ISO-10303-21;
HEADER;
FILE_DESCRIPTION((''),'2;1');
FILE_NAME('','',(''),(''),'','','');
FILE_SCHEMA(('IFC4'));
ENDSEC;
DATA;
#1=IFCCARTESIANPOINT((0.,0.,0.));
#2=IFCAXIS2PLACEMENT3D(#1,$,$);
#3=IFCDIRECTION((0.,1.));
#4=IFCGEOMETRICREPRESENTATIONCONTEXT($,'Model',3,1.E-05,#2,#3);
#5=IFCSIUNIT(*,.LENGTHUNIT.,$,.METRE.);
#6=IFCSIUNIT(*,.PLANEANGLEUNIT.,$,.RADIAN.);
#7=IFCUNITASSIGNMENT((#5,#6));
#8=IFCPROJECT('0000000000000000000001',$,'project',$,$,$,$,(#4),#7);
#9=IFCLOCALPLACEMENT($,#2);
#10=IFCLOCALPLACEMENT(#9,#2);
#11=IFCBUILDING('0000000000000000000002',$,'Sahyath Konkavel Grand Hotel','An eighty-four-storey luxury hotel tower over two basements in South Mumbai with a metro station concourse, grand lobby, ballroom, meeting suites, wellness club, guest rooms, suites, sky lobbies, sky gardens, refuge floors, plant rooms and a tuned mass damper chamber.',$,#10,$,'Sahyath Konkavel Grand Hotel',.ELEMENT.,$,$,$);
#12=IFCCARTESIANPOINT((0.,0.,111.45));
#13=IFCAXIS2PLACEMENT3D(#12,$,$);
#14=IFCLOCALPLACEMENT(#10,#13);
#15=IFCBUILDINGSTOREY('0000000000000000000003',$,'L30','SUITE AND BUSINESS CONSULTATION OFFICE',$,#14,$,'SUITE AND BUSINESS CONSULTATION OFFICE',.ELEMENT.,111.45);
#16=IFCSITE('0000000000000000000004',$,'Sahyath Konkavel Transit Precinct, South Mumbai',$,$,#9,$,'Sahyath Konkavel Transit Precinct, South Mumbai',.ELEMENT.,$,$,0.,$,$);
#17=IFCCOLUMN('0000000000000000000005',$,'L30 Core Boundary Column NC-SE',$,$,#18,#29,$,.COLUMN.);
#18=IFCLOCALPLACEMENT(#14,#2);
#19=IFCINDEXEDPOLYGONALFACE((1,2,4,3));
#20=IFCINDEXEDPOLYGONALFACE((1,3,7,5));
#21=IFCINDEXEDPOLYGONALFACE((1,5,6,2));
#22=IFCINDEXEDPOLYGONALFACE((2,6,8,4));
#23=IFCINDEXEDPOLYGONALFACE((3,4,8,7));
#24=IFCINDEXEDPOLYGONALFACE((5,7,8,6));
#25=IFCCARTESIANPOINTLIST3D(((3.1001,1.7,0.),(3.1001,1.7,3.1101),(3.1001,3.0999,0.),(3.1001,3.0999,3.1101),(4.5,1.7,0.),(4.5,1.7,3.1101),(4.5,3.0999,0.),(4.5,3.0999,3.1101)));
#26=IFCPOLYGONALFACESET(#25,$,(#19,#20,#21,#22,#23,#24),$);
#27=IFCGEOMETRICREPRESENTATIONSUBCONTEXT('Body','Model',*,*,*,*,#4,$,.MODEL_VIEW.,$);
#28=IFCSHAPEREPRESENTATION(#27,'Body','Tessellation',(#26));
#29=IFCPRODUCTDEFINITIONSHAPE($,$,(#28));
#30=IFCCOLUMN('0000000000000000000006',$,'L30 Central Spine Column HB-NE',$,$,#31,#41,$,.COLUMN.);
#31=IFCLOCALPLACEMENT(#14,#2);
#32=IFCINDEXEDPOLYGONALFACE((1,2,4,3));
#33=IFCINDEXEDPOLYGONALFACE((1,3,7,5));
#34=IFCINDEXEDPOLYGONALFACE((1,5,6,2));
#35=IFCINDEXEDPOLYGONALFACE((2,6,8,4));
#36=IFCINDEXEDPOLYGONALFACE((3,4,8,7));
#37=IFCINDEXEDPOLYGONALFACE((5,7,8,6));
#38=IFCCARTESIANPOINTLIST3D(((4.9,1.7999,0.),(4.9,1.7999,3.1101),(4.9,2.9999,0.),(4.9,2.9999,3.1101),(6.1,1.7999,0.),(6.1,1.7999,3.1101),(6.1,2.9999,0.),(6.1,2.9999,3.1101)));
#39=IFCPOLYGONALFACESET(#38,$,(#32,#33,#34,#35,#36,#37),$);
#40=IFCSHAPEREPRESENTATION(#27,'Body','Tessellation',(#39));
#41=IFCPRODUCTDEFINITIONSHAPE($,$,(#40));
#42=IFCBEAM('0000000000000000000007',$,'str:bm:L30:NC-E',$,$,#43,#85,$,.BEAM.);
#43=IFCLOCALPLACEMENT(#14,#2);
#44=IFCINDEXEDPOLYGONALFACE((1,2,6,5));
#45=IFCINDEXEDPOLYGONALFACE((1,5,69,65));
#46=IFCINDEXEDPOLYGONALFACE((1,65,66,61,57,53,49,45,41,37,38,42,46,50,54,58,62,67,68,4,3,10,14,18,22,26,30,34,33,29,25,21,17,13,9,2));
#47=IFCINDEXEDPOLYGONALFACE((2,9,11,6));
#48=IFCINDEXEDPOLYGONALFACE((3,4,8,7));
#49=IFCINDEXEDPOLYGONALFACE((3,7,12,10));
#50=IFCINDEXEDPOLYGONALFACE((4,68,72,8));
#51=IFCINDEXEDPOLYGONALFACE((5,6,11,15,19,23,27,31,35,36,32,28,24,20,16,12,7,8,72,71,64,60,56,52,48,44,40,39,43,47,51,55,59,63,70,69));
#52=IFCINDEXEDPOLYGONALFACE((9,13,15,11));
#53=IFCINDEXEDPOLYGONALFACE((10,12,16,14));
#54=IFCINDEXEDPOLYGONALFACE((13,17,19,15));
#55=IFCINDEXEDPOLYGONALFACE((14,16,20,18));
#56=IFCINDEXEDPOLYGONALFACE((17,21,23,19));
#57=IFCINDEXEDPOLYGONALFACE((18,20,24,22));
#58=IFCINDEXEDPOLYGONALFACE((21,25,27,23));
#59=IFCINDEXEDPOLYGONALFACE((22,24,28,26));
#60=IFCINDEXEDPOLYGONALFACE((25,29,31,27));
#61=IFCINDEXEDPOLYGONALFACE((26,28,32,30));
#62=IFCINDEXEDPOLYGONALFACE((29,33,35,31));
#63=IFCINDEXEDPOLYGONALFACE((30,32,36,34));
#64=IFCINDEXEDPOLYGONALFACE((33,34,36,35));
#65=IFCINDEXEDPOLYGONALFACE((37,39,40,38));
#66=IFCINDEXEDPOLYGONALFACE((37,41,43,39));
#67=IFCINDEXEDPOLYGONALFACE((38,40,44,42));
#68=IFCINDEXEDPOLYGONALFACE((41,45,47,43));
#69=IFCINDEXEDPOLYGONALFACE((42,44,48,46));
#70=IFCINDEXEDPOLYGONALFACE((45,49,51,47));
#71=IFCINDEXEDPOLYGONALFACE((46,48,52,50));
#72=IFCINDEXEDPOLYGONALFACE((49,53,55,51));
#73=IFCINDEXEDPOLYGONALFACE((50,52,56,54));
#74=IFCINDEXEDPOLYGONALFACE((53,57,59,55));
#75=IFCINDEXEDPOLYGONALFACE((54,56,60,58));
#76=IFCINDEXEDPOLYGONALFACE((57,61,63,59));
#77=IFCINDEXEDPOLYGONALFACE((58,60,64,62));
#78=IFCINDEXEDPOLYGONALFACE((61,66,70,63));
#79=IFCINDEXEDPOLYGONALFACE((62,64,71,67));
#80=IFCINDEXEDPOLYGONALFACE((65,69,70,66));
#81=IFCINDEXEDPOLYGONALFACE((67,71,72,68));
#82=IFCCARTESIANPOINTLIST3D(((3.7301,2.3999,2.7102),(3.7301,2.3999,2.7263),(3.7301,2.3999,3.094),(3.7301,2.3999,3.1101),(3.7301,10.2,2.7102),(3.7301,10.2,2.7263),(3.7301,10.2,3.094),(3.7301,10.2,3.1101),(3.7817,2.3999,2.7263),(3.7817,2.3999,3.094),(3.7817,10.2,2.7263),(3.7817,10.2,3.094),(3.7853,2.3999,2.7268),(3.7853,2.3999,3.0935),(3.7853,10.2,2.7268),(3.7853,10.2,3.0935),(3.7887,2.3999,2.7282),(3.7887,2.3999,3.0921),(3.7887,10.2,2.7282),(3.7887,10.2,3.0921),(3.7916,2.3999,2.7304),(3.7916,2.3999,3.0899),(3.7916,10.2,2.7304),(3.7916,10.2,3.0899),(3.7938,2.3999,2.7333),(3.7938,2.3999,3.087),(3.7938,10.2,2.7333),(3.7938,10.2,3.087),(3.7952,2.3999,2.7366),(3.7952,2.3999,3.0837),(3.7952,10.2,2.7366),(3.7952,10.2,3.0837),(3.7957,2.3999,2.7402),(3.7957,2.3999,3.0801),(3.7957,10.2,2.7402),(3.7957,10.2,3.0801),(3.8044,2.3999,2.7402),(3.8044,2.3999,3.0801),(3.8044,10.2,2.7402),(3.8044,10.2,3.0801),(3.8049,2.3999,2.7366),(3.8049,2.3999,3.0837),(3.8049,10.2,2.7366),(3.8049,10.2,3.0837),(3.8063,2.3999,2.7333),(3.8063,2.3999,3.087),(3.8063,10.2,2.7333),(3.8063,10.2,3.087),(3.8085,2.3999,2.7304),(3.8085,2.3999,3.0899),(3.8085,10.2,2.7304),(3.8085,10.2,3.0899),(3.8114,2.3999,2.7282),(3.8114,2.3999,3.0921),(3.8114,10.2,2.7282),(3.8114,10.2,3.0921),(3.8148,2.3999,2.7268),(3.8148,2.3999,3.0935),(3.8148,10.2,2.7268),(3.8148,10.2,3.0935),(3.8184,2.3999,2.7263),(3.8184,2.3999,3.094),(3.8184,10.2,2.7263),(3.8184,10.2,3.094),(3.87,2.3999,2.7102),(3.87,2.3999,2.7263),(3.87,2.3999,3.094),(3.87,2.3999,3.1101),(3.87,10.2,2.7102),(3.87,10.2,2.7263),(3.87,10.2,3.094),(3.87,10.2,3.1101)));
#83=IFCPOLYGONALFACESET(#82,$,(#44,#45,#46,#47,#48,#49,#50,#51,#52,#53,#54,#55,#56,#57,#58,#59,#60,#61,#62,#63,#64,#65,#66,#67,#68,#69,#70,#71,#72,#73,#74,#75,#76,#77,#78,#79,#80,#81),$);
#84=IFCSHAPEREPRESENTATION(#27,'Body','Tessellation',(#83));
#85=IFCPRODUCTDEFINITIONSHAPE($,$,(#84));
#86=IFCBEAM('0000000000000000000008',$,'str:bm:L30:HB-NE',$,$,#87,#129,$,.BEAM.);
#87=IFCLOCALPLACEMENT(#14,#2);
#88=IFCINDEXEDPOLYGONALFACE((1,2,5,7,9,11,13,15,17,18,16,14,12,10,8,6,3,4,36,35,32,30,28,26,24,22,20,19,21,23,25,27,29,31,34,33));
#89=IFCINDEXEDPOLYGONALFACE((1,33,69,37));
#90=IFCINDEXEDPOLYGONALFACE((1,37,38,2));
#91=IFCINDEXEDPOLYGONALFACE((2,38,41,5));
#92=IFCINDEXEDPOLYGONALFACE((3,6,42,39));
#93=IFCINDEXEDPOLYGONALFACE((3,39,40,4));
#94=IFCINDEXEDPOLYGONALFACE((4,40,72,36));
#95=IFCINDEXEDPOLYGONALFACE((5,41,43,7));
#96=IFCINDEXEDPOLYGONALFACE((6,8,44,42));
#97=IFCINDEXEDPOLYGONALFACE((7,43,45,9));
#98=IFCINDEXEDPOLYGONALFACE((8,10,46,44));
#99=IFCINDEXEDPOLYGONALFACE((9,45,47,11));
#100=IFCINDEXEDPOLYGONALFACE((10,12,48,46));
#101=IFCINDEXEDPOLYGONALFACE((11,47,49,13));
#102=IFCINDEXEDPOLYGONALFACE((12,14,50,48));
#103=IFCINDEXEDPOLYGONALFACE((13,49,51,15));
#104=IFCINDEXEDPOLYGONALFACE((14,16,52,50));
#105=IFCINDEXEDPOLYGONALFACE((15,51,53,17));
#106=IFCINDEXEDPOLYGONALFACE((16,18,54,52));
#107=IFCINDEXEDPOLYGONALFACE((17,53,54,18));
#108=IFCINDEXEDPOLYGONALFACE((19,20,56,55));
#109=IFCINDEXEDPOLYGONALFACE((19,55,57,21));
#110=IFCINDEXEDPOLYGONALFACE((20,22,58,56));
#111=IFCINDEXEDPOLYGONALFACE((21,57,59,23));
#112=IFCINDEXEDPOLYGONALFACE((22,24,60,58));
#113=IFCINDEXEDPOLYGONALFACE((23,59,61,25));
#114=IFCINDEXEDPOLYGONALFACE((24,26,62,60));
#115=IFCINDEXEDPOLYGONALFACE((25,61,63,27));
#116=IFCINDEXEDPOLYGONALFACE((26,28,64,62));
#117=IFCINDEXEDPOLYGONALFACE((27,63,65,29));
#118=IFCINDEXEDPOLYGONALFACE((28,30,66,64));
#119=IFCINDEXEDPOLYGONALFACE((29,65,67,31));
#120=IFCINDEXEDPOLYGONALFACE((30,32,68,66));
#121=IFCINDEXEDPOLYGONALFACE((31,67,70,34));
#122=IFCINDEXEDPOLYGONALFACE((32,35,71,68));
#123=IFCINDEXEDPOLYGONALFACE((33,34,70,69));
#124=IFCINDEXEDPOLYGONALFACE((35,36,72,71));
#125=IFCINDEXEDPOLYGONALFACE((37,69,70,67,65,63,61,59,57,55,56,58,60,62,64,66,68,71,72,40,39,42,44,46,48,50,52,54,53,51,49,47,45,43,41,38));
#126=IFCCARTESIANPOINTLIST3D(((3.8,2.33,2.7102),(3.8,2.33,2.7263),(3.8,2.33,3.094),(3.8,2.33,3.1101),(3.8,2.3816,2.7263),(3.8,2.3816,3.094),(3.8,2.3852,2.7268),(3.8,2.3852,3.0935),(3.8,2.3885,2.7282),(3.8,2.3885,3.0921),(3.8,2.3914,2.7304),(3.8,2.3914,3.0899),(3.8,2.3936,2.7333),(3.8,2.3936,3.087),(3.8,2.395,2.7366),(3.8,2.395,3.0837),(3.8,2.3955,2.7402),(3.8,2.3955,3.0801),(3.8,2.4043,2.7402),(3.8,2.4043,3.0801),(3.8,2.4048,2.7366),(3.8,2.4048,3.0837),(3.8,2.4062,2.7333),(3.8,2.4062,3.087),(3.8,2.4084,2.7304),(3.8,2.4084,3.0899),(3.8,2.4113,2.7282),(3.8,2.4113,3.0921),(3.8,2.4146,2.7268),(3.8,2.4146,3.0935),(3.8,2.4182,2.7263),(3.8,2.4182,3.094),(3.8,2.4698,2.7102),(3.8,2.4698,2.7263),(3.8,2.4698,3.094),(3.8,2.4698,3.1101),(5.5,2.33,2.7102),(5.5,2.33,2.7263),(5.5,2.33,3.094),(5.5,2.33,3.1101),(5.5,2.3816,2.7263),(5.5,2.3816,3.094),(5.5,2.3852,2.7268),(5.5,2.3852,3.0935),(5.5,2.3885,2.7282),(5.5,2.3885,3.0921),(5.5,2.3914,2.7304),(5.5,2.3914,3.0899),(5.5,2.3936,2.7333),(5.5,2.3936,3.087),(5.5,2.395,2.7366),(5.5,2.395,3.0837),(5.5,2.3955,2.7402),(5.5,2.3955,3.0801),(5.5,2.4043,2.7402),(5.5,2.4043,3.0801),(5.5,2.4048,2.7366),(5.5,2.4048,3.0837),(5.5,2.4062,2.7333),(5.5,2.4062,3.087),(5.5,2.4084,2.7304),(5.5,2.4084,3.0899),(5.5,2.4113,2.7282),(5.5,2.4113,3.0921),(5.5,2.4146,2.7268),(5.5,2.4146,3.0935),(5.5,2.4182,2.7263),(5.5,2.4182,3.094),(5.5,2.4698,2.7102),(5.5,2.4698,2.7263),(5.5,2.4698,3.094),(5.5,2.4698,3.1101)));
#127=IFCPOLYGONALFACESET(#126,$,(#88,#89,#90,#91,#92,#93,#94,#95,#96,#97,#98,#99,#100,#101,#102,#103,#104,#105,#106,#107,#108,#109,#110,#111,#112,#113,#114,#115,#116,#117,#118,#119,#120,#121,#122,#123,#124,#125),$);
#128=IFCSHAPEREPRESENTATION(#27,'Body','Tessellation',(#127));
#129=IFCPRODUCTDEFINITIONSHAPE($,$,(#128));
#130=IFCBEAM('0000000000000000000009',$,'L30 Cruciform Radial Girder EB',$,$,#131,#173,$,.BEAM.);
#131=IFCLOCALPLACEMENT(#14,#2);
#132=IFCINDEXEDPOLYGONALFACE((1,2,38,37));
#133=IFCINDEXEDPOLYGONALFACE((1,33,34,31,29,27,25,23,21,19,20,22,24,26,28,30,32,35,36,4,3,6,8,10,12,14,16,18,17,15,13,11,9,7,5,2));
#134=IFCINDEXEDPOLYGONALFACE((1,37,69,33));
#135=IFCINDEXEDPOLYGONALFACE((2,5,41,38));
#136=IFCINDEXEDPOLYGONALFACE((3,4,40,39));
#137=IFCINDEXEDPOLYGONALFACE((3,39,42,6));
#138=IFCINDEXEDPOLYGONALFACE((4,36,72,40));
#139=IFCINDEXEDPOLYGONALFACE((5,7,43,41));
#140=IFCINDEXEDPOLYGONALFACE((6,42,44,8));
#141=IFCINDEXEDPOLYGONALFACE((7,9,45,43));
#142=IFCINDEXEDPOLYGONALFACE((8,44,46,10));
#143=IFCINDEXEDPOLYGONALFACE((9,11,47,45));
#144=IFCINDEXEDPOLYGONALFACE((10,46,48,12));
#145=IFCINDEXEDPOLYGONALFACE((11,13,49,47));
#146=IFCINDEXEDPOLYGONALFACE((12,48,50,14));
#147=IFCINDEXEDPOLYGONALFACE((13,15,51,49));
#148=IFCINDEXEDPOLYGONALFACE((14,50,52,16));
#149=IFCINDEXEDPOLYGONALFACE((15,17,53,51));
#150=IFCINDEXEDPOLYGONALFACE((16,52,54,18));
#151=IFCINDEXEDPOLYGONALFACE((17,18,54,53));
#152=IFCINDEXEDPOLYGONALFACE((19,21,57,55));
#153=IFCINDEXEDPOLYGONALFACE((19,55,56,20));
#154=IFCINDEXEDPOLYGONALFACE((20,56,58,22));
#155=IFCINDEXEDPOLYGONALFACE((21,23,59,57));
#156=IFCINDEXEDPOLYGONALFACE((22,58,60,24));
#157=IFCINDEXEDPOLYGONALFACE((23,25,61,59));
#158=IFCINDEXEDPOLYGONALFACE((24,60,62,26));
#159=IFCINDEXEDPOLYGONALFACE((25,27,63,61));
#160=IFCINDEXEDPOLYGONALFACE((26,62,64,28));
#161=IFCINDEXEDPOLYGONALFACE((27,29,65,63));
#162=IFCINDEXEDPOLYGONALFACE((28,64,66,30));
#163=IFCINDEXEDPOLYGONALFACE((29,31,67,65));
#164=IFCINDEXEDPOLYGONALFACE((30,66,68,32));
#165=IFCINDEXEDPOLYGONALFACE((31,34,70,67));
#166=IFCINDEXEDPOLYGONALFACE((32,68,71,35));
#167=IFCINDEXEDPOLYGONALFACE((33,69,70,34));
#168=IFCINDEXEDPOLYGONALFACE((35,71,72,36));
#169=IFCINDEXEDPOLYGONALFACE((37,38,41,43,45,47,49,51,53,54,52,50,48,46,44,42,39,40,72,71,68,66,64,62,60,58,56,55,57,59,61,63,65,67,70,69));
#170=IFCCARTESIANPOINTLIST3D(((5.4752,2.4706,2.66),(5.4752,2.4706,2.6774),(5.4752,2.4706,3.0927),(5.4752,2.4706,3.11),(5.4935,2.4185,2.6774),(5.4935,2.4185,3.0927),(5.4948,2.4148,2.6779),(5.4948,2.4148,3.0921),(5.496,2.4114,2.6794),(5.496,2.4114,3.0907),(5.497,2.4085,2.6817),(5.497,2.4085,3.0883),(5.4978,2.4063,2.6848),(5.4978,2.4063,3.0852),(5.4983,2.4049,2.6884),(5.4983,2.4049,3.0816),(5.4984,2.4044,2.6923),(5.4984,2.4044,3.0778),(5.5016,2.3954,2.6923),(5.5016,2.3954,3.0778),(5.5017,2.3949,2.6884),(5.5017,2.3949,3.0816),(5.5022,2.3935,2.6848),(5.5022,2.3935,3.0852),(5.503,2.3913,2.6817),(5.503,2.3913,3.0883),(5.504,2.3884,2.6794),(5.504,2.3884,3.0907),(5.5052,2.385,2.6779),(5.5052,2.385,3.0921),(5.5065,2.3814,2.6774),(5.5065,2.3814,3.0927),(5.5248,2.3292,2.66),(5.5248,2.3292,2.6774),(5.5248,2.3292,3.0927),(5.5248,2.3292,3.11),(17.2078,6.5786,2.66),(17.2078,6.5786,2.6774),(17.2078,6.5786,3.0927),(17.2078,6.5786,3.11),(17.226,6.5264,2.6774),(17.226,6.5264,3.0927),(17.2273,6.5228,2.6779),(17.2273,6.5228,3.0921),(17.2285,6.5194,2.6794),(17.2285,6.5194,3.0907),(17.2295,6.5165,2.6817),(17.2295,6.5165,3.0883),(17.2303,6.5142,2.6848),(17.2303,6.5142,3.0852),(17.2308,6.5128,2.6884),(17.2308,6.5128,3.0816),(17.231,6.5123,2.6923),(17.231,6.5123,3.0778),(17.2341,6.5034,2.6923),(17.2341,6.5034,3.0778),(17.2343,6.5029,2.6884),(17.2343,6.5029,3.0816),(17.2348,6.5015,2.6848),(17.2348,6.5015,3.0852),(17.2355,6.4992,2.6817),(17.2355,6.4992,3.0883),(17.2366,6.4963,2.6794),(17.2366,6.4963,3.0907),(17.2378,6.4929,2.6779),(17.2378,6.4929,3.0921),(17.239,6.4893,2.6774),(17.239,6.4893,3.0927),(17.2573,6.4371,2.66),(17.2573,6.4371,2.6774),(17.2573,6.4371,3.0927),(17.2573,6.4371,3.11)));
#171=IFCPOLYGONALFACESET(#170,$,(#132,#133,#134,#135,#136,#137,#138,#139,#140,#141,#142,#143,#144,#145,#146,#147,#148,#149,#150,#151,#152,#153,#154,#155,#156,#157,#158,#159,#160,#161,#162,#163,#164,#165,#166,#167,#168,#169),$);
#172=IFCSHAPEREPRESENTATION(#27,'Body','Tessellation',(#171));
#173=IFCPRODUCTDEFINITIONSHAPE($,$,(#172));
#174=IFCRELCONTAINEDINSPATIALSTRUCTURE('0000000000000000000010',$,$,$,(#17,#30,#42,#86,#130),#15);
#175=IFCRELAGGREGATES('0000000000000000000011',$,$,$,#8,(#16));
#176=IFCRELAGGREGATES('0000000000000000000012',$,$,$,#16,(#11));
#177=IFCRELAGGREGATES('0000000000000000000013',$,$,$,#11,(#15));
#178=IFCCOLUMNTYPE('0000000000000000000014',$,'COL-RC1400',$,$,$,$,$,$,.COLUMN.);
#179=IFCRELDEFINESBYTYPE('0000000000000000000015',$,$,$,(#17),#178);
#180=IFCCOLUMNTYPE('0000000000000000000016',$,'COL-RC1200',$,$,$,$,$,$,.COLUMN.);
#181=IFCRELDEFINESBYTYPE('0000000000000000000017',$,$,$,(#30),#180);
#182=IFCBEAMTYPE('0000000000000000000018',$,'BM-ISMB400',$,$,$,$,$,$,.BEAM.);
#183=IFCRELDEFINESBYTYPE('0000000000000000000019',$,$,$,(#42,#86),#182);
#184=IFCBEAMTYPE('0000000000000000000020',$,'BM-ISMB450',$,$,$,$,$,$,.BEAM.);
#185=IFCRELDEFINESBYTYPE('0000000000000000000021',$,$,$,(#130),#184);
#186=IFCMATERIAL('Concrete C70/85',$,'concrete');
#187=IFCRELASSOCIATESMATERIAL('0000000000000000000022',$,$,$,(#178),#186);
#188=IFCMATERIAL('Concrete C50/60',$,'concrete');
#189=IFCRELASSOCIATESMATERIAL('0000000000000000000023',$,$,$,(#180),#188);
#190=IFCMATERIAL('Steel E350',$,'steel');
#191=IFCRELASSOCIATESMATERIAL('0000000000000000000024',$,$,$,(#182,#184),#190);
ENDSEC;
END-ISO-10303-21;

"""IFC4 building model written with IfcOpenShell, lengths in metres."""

from ifc_helpers import new_model, si_unit, direction, frame, origin, origin_2d, place, context, subcontext, project, spatial, rectangle, i_section, extrude, source, transform, mapped, material, material_profile, profile_set, type_object, element, save


model = new_model("IFC4")

# Units and contexts
model_context = context("Model", 3, precision=1e-05, world=origin(), true_north=direction((0.0, 1.0)))
body_context = subcontext(model_context, "Body", "Model", "MODEL_VIEW")
ifc_project = project(units=[si_unit("LENGTHUNIT", "METRE"), si_unit("PLANEANGLEUNIT", "RADIAN")], contexts=[model_context])

# Site, building, storey
site_placement = place(None, origin())
site = spatial("IfcSite", under=ifc_project, at=site_placement, Name="Sahyath Konkavel Transit Precinct, South Mumbai", LongName="Sahyath Konkavel Transit Precinct, South Mumbai", CompositionType="ELEMENT", RefElevation=0.0)
building_placement = place(site_placement, origin())
building = spatial("IfcBuilding", under=site, at=building_placement, Name="Sahyath Konkavel Grand Hotel", Description="An eighty-four-storey luxury hotel tower over two basements in South Mumbai with a metro station concourse, grand lobby, ballroom, meeting suites, wellness club, guest rooms, suites, sky lobbies, sky gardens, refuge floors, plant rooms and a tuned mass damper chamber.", LongName="Sahyath Konkavel Grand Hotel", CompositionType="ELEMENT")
storey_placement = place(building_placement, frame((0.0, 0.0, 111.45)))
storey = spatial("IfcBuildingStorey", under=building, at=storey_placement, Name="L30", Description="SUITE AND BUSINESS CONSULTATION OFFICE", LongName="SUITE AND BUSINESS CONSULTATION OFFICE", CompositionType="ELEMENT", Elevation=111.45)

# Columns
ifc_material_1 = material(Name="Concrete C70/85", Category="concrete")
ifc_material_profile_1 = material_profile(ifc_material_1, rectangle(XDim=1.3999, YDim=1.3999, at=origin_2d()), Name="RC 1400x1400")
ifc_profile_set_1 = profile_set([ifc_material_profile_1], Name="Concrete C70/85")
column_type_1 = type_object("IfcColumnType", Name="COL-RC1400", PredefinedType="COLUMN", material=ifc_profile_set_1)
shared_shape_1 = source(origin(), body_context, "Body", "SweptSolid", [
    extrude(rectangle(XDim=1.3999, YDim=1.3999, at=origin_2d()), origin(), (0.0, 0.0, 1.0), 3.1101),
])
column_1_placement = place(storey_placement, frame((3.8, 2.3999, 0.0), z_axis=(0.0, 0.0, 1.0), x_axis=(1.0, 0.0, 0.0)))
element("IfcColumn", 1, at=column_1_placement, inside=storey, type_object=column_type_1, Name="L30 Core Boundary Column NC-SE", PredefinedType="COLUMN", context=body_context, shape_type="MappedRepresentation", body=[
    mapped(shared_shape_1, transform((0.0, 0.0, 0.0), scale=1.0)),
])
ifc_material_2 = material(Name="Concrete C50/60", Category="concrete")
ifc_material_profile_2 = material_profile(ifc_material_2, rectangle(XDim=1.2, YDim=1.2, at=origin_2d()), Name="RC 1200x1200")
ifc_profile_set_2 = profile_set([ifc_material_profile_2], Name="Concrete C50/60")
column_type_2 = type_object("IfcColumnType", Name="COL-RC1200", PredefinedType="COLUMN", material=ifc_profile_set_2)
shared_shape_2 = source(origin(), body_context, "Body", "SweptSolid", [
    extrude(rectangle(XDim=1.2, YDim=1.2, at=origin_2d()), origin(), (0.0, 0.0, 1.0), 3.1101),
])
column_2_placement = place(storey_placement, frame((5.5, 2.3999, 0.0), z_axis=(0.0, 0.0, 1.0), x_axis=(1.0, 0.0, 0.0)))
element("IfcColumn", 2, at=column_2_placement, inside=storey, type_object=column_type_2, Name="L30 Central Spine Column HB-NE", PredefinedType="COLUMN", context=body_context, shape_type="MappedRepresentation", body=[
    mapped(shared_shape_2, transform((0.0, 0.0, 0.0), scale=1.0)),
])

# Beams
ifc_material_3 = material(Name="Steel E350", Category="steel")
ifc_material_profile_3 = material_profile(ifc_material_3, i_section(OverallWidth=0.1399, OverallDepth=0.3999, WebThickness=0.0088, FlangeThickness=0.0161, FilletRadius=0.0139, at=origin_2d()), Name="ISMB 400")
ifc_profile_set_3 = profile_set([ifc_material_profile_3], Name="Steel E350")
beam_type_1 = type_object("IfcBeamType", Name="BM-ISMB400", PredefinedType="BEAM", material=ifc_profile_set_3)
shared_shape_3 = source(origin(), body_context, "Body", "SweptSolid", [
    extrude(i_section(OverallWidth=0.1399, OverallDepth=0.3999, WebThickness=0.0088, FlangeThickness=0.0161, FilletRadius=0.0139, at=origin_2d()), origin(), (0.0, 0.0, 1.0), 7.8),
])
beam_1_placement = place(storey_placement, frame((3.8, 2.3999, 2.9102), z_axis=(0.0, 1.0, 0.0), x_axis=(-1.0, 0.0, 0.0)))
element("IfcBeam", 3, at=beam_1_placement, inside=storey, type_object=beam_type_1, Name="str:bm:L30:NC-E", PredefinedType="BEAM", context=body_context, shape_type="MappedRepresentation", body=[
    mapped(shared_shape_3, transform((0.0, 0.0, 0.0), scale=1.0)),
])
shared_shape_4 = source(origin(), body_context, "Body", "SweptSolid", [
    extrude(i_section(OverallWidth=0.1399, OverallDepth=0.3999, WebThickness=0.0088, FlangeThickness=0.0161, FilletRadius=0.0139, at=origin_2d()), origin(), (0.0, 0.0, 1.0), 1.7),
])
beam_2_placement = place(storey_placement, frame((3.8, 2.3999, 2.9102), z_axis=(1.0, 0.0, 0.0), x_axis=(0.0, 1.0, 0.0)))
element("IfcBeam", 4, at=beam_2_placement, inside=storey, type_object=beam_type_1, Name="str:bm:L30:HB-NE", PredefinedType="BEAM", context=body_context, shape_type="MappedRepresentation", body=[
    mapped(shared_shape_4, transform((0.0, 0.0, 0.0), scale=1.0)),
])
ifc_material_profile_4 = material_profile(ifc_material_3, i_section(OverallWidth=0.1499, OverallDepth=0.45, WebThickness=0.0095, FlangeThickness=0.0173, FilletRadius=0.0149, at=origin_2d()), Name="ISMB 450")
ifc_profile_set_4 = profile_set([ifc_material_profile_4], Name="Steel E350")
beam_type_2 = type_object("IfcBeamType", Name="BM-ISMB450", PredefinedType="BEAM", material=ifc_profile_set_4)
shared_shape_5 = source(origin(), body_context, "Body", "SweptSolid", [
    extrude(i_section(OverallWidth=0.1499, OverallDepth=0.45, WebThickness=0.0095, FlangeThickness=0.0173, FilletRadius=0.0149, at=origin_2d()), origin(), (0.0, 0.0, 1.0), 12.4309),
])
beam_3_placement = place(storey_placement, frame((5.5, 2.3999, 2.885), z_axis=(0.943819, 0.330462, 0.0), x_axis=(-0.330462, 0.943819, 0.0)))
element("IfcBeam", 5, at=beam_3_placement, inside=storey, type_object=beam_type_2, Name="L30 Cruciform Radial Girder EB", PredefinedType="BEAM", context=body_context, shape_type="MappedRepresentation", body=[
    mapped(shared_shape_5, transform((0.0, 0.0, 0.0), scale=1.0)),
])

save(model, "model.ifc")
